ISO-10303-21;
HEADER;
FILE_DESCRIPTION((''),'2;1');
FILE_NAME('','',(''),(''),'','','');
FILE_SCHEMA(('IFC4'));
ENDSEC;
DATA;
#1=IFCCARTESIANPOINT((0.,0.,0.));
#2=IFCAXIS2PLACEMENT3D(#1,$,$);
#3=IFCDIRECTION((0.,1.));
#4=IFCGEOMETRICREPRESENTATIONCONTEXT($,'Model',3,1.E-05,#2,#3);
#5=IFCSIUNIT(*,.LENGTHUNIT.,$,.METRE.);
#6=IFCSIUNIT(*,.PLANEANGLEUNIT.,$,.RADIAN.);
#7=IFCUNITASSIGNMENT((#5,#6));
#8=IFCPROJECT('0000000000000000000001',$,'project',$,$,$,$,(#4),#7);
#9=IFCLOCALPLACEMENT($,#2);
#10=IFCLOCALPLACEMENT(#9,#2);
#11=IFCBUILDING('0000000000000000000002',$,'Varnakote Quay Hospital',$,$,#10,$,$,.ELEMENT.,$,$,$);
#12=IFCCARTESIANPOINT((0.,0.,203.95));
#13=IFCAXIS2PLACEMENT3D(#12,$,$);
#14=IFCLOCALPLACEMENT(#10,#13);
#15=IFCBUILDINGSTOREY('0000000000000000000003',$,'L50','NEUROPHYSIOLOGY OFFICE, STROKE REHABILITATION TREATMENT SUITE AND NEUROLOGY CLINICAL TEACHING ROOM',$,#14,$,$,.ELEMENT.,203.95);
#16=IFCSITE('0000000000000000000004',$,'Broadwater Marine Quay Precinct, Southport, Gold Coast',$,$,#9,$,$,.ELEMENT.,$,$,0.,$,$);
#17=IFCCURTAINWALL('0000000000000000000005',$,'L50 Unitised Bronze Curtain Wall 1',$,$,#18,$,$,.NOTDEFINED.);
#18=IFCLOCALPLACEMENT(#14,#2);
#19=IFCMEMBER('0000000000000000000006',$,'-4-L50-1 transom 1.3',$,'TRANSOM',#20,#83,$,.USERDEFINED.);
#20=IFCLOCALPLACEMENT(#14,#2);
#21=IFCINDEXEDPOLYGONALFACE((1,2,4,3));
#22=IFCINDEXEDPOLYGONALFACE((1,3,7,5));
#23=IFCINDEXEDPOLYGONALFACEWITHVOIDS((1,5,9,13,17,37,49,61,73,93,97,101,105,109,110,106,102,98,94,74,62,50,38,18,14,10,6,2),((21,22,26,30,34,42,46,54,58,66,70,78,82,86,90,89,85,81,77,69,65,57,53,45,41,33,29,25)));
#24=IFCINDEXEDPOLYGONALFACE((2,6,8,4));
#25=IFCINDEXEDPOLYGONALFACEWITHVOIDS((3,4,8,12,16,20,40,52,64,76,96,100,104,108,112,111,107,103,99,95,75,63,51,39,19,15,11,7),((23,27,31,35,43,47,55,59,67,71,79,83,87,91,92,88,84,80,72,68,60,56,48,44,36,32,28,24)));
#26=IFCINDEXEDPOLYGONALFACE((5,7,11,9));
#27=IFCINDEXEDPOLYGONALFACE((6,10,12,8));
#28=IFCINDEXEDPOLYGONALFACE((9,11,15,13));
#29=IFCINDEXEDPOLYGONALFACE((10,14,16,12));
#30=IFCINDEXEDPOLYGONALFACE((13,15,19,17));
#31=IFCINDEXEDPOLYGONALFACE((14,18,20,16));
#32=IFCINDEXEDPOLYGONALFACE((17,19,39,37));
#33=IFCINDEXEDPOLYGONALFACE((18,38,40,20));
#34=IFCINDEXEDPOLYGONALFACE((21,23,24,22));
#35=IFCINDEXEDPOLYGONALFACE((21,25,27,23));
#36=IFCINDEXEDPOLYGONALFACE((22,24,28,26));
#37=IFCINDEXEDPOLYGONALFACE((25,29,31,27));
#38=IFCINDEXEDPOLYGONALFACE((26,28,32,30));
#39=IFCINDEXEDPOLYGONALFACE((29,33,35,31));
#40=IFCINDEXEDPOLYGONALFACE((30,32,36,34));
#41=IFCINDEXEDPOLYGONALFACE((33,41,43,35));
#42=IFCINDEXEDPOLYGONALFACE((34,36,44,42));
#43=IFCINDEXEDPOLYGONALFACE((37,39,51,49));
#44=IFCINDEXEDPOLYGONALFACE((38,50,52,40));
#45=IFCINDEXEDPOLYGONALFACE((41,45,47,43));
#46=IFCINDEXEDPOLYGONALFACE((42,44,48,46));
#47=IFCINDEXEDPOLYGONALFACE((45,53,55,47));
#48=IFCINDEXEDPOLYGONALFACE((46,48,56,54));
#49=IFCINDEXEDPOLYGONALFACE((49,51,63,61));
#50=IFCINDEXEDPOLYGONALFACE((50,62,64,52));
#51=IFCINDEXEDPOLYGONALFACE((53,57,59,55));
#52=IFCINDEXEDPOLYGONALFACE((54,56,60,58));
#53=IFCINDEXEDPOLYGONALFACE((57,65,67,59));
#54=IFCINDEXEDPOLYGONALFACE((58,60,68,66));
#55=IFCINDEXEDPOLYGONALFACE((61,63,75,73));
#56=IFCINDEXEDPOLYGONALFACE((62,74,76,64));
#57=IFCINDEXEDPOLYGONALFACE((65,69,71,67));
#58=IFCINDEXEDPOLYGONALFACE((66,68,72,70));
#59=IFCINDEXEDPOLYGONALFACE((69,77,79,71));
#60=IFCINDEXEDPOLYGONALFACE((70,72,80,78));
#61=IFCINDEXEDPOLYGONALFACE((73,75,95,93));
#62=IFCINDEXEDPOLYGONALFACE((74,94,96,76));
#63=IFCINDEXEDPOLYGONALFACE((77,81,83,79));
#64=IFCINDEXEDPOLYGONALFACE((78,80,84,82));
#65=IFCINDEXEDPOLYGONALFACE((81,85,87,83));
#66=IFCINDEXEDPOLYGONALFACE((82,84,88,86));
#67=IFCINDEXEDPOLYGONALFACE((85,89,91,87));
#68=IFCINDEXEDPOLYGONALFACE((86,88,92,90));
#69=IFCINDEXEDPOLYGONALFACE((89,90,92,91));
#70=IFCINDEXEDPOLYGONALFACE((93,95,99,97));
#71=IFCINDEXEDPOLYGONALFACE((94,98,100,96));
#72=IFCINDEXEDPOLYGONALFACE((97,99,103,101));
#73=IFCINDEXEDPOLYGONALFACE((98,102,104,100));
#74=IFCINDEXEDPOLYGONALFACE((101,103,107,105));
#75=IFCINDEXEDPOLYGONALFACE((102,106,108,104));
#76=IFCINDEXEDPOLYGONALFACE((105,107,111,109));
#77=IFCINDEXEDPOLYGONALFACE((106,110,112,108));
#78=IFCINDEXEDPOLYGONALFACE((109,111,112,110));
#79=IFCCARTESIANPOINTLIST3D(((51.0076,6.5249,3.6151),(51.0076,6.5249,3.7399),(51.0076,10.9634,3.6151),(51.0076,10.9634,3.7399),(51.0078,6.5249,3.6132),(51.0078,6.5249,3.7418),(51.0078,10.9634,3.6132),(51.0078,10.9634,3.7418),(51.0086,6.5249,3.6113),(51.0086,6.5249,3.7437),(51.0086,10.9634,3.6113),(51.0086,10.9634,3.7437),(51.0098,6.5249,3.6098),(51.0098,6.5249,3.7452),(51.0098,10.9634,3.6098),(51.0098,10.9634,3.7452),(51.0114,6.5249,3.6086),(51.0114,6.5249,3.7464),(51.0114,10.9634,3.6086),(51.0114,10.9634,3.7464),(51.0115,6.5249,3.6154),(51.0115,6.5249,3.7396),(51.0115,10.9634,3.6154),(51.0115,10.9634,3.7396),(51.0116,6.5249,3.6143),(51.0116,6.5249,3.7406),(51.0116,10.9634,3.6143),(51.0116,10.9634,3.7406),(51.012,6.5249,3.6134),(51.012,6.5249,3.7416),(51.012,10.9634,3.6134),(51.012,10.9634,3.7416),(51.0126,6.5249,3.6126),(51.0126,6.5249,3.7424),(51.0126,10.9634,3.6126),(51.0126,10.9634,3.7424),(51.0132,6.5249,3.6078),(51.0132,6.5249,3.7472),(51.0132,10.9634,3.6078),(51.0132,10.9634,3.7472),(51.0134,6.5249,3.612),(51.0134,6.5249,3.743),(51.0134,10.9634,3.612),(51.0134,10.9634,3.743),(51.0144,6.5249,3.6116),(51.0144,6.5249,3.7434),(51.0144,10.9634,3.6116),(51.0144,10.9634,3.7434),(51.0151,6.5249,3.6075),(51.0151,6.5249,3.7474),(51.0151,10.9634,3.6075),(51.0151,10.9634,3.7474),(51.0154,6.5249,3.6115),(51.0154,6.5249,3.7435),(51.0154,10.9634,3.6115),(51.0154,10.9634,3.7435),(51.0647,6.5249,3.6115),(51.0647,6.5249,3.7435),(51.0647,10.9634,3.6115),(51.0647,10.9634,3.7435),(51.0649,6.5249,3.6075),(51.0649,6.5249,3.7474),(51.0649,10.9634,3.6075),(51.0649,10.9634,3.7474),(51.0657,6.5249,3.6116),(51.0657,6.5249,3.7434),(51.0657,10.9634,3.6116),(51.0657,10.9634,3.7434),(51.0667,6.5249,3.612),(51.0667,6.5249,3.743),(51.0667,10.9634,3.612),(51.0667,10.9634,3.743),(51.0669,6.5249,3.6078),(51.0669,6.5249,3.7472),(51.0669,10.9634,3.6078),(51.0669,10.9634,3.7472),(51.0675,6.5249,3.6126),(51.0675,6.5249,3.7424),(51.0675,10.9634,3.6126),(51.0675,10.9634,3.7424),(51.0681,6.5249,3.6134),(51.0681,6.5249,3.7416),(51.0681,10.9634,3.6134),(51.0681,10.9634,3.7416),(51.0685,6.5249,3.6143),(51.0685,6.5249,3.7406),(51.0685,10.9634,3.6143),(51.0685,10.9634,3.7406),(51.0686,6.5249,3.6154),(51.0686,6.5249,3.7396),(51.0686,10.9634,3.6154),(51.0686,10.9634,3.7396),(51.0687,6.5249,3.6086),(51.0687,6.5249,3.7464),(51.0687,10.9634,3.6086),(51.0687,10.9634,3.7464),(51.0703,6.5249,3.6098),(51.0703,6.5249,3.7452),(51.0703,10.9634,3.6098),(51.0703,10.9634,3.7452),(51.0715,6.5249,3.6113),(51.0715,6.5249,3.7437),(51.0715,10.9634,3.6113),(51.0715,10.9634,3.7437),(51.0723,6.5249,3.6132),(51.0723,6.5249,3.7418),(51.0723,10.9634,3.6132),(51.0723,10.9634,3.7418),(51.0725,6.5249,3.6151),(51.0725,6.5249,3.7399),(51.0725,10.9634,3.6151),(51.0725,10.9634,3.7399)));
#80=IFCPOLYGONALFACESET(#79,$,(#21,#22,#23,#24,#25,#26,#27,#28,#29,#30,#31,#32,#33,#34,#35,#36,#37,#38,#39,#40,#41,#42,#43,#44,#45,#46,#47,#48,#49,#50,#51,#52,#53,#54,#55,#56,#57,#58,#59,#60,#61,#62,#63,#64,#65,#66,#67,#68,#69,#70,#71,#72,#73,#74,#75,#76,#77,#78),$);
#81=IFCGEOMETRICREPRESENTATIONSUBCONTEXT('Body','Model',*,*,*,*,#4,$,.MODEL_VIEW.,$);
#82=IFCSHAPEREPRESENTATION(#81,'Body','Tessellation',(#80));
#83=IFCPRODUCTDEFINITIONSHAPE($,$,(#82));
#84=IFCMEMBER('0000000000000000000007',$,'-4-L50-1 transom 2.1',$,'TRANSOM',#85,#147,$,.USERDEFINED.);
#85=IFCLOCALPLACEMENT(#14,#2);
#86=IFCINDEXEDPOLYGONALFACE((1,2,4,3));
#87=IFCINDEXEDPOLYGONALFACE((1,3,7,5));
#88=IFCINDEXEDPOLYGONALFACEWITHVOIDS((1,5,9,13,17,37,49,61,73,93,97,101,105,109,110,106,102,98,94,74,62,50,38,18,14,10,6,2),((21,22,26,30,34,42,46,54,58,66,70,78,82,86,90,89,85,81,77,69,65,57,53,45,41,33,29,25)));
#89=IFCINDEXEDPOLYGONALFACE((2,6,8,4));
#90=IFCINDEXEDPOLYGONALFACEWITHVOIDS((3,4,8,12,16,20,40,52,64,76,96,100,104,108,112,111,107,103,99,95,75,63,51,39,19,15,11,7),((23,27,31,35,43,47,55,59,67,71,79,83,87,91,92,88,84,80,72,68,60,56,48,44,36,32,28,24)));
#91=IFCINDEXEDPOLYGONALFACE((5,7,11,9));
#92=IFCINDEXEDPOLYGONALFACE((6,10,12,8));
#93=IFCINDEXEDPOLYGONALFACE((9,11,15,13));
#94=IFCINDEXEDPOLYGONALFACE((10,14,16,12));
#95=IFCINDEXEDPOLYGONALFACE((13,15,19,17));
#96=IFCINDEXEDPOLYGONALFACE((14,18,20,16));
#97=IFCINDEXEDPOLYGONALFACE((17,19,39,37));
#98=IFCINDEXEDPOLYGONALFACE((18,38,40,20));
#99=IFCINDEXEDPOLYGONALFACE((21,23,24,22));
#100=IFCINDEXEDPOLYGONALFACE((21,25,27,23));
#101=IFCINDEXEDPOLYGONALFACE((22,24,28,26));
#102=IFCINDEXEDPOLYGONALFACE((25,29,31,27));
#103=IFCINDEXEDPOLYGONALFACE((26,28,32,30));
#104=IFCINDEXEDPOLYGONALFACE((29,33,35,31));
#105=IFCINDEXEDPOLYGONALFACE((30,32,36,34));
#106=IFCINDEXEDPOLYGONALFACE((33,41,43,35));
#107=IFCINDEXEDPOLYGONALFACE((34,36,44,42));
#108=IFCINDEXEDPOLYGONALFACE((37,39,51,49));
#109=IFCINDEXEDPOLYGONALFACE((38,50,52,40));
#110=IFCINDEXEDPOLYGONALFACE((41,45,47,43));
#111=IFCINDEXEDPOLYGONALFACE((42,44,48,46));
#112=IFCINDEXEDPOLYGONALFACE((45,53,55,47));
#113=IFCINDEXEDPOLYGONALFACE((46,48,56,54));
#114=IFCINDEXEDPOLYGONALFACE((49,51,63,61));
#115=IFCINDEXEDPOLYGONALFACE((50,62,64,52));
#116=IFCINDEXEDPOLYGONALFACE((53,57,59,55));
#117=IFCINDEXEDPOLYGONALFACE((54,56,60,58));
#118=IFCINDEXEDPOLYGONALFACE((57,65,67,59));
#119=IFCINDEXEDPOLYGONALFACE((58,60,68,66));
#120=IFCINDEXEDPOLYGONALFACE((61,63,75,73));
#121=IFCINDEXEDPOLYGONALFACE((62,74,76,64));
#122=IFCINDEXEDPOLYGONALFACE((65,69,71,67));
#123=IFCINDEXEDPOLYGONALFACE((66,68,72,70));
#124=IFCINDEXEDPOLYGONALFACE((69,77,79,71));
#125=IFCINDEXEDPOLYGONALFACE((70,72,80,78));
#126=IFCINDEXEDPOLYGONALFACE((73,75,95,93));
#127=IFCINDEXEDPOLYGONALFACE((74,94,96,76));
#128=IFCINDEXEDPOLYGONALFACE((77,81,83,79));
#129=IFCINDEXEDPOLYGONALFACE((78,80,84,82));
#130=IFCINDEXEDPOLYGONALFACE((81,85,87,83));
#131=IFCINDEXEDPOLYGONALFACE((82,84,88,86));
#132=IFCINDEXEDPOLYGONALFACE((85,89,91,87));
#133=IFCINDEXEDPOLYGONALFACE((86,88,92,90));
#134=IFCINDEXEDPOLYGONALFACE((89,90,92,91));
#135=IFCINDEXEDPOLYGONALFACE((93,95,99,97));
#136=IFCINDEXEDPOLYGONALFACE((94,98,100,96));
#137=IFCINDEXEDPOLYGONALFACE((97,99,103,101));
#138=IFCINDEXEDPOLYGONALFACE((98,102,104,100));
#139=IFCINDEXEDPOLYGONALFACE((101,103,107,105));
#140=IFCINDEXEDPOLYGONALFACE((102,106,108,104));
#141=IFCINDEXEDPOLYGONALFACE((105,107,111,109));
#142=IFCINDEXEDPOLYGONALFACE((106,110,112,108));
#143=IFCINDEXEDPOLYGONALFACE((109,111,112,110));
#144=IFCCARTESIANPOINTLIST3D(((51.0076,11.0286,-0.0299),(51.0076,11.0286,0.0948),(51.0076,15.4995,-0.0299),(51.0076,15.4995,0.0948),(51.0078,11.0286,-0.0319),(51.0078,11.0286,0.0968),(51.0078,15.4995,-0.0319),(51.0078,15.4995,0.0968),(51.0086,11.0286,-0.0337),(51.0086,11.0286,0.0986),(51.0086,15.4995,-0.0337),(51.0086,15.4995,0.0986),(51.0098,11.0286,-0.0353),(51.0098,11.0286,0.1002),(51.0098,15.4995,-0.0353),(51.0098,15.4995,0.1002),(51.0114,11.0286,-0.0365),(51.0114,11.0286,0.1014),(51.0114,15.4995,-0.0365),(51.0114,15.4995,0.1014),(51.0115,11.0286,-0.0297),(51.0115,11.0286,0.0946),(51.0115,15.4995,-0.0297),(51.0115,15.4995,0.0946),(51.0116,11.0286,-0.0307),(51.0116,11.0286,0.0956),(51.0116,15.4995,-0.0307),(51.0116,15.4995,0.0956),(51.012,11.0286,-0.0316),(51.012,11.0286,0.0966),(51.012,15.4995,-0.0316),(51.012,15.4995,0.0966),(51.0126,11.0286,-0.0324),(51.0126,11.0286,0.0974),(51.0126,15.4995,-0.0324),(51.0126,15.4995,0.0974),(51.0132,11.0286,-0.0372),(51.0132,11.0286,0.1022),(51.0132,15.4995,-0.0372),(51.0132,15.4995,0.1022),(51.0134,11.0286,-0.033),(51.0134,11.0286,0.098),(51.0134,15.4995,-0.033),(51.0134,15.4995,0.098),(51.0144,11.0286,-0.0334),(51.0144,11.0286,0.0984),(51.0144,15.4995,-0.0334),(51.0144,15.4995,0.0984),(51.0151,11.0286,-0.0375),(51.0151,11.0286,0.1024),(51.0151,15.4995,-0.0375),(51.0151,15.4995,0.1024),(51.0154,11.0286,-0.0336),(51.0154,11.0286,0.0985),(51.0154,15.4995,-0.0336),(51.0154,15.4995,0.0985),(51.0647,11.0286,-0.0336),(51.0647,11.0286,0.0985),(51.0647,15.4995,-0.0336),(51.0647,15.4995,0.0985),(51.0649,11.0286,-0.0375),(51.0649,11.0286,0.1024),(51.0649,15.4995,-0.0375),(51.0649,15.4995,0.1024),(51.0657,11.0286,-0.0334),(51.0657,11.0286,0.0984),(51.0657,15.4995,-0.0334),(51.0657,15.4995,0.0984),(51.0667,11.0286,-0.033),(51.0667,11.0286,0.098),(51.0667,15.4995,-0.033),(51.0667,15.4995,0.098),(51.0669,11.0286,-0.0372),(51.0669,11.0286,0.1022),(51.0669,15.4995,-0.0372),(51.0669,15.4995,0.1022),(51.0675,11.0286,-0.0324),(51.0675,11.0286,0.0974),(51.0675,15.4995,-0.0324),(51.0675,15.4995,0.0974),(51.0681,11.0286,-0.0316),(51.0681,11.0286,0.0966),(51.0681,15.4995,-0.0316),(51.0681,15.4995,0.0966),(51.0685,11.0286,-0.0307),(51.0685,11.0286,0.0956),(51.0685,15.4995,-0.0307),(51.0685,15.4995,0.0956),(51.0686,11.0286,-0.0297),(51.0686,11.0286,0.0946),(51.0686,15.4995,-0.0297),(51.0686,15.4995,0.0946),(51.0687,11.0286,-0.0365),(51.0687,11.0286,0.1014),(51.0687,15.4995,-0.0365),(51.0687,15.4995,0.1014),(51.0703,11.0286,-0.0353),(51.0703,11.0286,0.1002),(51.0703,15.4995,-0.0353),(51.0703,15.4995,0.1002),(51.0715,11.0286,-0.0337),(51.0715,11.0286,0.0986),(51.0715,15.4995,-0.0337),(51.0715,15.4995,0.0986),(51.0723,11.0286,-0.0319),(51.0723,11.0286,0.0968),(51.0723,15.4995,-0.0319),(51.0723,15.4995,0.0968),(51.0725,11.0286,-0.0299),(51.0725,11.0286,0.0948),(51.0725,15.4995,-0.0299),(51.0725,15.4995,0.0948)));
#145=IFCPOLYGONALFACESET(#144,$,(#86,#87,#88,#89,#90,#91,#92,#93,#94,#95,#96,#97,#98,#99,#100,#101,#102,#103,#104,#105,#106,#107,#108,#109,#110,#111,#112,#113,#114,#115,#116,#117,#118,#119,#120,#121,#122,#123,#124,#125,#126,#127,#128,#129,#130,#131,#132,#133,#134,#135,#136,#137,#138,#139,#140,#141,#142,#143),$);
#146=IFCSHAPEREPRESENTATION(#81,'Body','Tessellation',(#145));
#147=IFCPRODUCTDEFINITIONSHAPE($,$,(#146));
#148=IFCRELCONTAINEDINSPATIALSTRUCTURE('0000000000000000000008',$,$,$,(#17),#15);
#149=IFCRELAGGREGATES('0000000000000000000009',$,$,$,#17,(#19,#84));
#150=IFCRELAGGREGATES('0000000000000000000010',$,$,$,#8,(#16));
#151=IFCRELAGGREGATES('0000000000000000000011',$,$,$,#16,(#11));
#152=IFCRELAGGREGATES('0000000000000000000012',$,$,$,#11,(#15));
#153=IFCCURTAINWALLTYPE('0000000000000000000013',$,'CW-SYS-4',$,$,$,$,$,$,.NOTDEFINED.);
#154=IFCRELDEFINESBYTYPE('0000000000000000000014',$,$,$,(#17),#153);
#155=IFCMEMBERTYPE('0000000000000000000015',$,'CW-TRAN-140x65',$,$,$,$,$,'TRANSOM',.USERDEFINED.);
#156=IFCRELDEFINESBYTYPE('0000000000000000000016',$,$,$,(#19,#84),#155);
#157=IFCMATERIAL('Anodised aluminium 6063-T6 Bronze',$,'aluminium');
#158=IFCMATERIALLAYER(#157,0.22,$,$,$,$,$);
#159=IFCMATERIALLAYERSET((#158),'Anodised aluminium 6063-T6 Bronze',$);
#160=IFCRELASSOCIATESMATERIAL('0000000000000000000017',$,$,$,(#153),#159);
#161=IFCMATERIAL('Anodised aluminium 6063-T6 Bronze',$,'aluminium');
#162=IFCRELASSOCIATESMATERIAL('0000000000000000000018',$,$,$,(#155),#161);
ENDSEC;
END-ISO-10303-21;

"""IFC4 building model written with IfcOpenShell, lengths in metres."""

from ifc_helpers import new_model, si_unit, direction, frame, origin, origin_2d, place, context, subcontext, project, spatial, hollow_rectangle, extrude, material, layer, layer_set, material_profile, profile_set, type_object, element, aggregate, save


model = new_model("IFC4")

# Units and contexts
model_context = context("Model", 3, precision=1e-05, world=origin(), true_north=direction((0.0, 1.0)))
body_context = subcontext(model_context, "Body", "Model", "MODEL_VIEW")
ifc_project = project(units=[si_unit("LENGTHUNIT", "METRE"), si_unit("PLANEANGLEUNIT", "RADIAN")], contexts=[model_context])

# Site, building, storey
site_placement = place(None, origin())
site = spatial("IfcSite", under=ifc_project, at=site_placement, Name="Broadwater Marine Quay Precinct, Southport, Gold Coast", CompositionType="ELEMENT", RefElevation=0.0)
building_placement = place(site_placement, origin())
building = spatial("IfcBuilding", under=site, at=building_placement, Name="Varnakote Quay Hospital", CompositionType="ELEMENT")
storey_placement = place(building_placement, frame((0.0, 0.0, 203.95)))
storey = spatial("IfcBuildingStorey", under=building, at=storey_placement, Name="L50", Description="NEUROPHYSIOLOGY OFFICE, STROKE REHABILITATION TREATMENT SUITE AND NEUROLOGY CLINICAL TEACHING ROOM", CompositionType="ELEMENT", Elevation=203.95)

# Curtain wall, members
ifc_material_1 = material(Name="Anodised aluminium 6063-T6 Bronze", Category="aluminium")
ifc_layer_1 = layer(ifc_material_1, 0.22)
ifc_layer_set_1 = layer_set([ifc_layer_1], Name="Anodised aluminium 6063-T6 Bronze")
curtain_wall_type = type_object("IfcCurtainWallType", Name="CW-SYS-4", PredefinedType="NOTDEFINED", material=ifc_layer_set_1)
curtain_wall_placement = place(storey_placement, origin())
curtain_wall = element("IfcCurtainWall", 1, at=curtain_wall_placement, inside=storey, type_object=curtain_wall_type, Name="L50 Unitised Bronze Curtain Wall 1", PredefinedType="NOTDEFINED")
ifc_material_2 = material(Name="Anodised aluminium 6063-T6 Bronze", Category="aluminium")
ifc_material_profile_1 = material_profile(ifc_material_2, hollow_rectangle(XDim=0.0649, YDim=0.1399, WallThickness=0.0039, InnerFilletRadius=0.0039, OuterFilletRadius=0.0076, at=origin_2d()), Name="CW-TRAN-140x65")
ifc_profile_set_1 = profile_set([ifc_material_profile_1], Name="Anodised aluminium 6063-T6 Bronze")
member_type_1 = type_object("IfcMemberType", Name="CW-TRAN-140x65", ElementType="TRANSOM", PredefinedType="USERDEFINED", material=ifc_profile_set_1)
member_1_placement = place(storey_placement, frame((51.04, 6.5249, 3.6775), z_axis=(0.0, 1.0, 0.0), x_axis=(-1.0, 0.0, 0.0)))
member_1 = element("IfcMember", 2, at=member_1_placement, type_object=member_type_1, Name="-4-L50-1 transom 1.3", ObjectType="TRANSOM", PredefinedType="USERDEFINED", context=body_context, shape_type="SweptSolid", body=[
    extrude(hollow_rectangle(XDim=0.0649, YDim=0.1399, WallThickness=0.0039, InnerFilletRadius=0.0039, OuterFilletRadius=0.0076, at=origin_2d()), origin(), (0.0, 0.0, 1.0), 4.4385),
])
member_2_placement = place(storey_placement, frame((51.04, 11.0286, 0.0325), z_axis=(0.0, 1.0, 0.0), x_axis=(-1.0, 0.0, 0.0)))
member_2 = element("IfcMember", 3, at=member_2_placement, type_object=member_type_1, Name="-4-L50-1 transom 2.1", ObjectType="TRANSOM", PredefinedType="USERDEFINED", context=body_context, shape_type="SweptSolid", body=[
    extrude(hollow_rectangle(XDim=0.0649, YDim=0.1399, WallThickness=0.0039, InnerFilletRadius=0.0039, OuterFilletRadius=0.0076, at=origin_2d()), origin(), (0.0, 0.0, 1.0), 4.4709),
])
aggregate(curtain_wall, [member_1, member_2])

save(model, "model.ifc")
